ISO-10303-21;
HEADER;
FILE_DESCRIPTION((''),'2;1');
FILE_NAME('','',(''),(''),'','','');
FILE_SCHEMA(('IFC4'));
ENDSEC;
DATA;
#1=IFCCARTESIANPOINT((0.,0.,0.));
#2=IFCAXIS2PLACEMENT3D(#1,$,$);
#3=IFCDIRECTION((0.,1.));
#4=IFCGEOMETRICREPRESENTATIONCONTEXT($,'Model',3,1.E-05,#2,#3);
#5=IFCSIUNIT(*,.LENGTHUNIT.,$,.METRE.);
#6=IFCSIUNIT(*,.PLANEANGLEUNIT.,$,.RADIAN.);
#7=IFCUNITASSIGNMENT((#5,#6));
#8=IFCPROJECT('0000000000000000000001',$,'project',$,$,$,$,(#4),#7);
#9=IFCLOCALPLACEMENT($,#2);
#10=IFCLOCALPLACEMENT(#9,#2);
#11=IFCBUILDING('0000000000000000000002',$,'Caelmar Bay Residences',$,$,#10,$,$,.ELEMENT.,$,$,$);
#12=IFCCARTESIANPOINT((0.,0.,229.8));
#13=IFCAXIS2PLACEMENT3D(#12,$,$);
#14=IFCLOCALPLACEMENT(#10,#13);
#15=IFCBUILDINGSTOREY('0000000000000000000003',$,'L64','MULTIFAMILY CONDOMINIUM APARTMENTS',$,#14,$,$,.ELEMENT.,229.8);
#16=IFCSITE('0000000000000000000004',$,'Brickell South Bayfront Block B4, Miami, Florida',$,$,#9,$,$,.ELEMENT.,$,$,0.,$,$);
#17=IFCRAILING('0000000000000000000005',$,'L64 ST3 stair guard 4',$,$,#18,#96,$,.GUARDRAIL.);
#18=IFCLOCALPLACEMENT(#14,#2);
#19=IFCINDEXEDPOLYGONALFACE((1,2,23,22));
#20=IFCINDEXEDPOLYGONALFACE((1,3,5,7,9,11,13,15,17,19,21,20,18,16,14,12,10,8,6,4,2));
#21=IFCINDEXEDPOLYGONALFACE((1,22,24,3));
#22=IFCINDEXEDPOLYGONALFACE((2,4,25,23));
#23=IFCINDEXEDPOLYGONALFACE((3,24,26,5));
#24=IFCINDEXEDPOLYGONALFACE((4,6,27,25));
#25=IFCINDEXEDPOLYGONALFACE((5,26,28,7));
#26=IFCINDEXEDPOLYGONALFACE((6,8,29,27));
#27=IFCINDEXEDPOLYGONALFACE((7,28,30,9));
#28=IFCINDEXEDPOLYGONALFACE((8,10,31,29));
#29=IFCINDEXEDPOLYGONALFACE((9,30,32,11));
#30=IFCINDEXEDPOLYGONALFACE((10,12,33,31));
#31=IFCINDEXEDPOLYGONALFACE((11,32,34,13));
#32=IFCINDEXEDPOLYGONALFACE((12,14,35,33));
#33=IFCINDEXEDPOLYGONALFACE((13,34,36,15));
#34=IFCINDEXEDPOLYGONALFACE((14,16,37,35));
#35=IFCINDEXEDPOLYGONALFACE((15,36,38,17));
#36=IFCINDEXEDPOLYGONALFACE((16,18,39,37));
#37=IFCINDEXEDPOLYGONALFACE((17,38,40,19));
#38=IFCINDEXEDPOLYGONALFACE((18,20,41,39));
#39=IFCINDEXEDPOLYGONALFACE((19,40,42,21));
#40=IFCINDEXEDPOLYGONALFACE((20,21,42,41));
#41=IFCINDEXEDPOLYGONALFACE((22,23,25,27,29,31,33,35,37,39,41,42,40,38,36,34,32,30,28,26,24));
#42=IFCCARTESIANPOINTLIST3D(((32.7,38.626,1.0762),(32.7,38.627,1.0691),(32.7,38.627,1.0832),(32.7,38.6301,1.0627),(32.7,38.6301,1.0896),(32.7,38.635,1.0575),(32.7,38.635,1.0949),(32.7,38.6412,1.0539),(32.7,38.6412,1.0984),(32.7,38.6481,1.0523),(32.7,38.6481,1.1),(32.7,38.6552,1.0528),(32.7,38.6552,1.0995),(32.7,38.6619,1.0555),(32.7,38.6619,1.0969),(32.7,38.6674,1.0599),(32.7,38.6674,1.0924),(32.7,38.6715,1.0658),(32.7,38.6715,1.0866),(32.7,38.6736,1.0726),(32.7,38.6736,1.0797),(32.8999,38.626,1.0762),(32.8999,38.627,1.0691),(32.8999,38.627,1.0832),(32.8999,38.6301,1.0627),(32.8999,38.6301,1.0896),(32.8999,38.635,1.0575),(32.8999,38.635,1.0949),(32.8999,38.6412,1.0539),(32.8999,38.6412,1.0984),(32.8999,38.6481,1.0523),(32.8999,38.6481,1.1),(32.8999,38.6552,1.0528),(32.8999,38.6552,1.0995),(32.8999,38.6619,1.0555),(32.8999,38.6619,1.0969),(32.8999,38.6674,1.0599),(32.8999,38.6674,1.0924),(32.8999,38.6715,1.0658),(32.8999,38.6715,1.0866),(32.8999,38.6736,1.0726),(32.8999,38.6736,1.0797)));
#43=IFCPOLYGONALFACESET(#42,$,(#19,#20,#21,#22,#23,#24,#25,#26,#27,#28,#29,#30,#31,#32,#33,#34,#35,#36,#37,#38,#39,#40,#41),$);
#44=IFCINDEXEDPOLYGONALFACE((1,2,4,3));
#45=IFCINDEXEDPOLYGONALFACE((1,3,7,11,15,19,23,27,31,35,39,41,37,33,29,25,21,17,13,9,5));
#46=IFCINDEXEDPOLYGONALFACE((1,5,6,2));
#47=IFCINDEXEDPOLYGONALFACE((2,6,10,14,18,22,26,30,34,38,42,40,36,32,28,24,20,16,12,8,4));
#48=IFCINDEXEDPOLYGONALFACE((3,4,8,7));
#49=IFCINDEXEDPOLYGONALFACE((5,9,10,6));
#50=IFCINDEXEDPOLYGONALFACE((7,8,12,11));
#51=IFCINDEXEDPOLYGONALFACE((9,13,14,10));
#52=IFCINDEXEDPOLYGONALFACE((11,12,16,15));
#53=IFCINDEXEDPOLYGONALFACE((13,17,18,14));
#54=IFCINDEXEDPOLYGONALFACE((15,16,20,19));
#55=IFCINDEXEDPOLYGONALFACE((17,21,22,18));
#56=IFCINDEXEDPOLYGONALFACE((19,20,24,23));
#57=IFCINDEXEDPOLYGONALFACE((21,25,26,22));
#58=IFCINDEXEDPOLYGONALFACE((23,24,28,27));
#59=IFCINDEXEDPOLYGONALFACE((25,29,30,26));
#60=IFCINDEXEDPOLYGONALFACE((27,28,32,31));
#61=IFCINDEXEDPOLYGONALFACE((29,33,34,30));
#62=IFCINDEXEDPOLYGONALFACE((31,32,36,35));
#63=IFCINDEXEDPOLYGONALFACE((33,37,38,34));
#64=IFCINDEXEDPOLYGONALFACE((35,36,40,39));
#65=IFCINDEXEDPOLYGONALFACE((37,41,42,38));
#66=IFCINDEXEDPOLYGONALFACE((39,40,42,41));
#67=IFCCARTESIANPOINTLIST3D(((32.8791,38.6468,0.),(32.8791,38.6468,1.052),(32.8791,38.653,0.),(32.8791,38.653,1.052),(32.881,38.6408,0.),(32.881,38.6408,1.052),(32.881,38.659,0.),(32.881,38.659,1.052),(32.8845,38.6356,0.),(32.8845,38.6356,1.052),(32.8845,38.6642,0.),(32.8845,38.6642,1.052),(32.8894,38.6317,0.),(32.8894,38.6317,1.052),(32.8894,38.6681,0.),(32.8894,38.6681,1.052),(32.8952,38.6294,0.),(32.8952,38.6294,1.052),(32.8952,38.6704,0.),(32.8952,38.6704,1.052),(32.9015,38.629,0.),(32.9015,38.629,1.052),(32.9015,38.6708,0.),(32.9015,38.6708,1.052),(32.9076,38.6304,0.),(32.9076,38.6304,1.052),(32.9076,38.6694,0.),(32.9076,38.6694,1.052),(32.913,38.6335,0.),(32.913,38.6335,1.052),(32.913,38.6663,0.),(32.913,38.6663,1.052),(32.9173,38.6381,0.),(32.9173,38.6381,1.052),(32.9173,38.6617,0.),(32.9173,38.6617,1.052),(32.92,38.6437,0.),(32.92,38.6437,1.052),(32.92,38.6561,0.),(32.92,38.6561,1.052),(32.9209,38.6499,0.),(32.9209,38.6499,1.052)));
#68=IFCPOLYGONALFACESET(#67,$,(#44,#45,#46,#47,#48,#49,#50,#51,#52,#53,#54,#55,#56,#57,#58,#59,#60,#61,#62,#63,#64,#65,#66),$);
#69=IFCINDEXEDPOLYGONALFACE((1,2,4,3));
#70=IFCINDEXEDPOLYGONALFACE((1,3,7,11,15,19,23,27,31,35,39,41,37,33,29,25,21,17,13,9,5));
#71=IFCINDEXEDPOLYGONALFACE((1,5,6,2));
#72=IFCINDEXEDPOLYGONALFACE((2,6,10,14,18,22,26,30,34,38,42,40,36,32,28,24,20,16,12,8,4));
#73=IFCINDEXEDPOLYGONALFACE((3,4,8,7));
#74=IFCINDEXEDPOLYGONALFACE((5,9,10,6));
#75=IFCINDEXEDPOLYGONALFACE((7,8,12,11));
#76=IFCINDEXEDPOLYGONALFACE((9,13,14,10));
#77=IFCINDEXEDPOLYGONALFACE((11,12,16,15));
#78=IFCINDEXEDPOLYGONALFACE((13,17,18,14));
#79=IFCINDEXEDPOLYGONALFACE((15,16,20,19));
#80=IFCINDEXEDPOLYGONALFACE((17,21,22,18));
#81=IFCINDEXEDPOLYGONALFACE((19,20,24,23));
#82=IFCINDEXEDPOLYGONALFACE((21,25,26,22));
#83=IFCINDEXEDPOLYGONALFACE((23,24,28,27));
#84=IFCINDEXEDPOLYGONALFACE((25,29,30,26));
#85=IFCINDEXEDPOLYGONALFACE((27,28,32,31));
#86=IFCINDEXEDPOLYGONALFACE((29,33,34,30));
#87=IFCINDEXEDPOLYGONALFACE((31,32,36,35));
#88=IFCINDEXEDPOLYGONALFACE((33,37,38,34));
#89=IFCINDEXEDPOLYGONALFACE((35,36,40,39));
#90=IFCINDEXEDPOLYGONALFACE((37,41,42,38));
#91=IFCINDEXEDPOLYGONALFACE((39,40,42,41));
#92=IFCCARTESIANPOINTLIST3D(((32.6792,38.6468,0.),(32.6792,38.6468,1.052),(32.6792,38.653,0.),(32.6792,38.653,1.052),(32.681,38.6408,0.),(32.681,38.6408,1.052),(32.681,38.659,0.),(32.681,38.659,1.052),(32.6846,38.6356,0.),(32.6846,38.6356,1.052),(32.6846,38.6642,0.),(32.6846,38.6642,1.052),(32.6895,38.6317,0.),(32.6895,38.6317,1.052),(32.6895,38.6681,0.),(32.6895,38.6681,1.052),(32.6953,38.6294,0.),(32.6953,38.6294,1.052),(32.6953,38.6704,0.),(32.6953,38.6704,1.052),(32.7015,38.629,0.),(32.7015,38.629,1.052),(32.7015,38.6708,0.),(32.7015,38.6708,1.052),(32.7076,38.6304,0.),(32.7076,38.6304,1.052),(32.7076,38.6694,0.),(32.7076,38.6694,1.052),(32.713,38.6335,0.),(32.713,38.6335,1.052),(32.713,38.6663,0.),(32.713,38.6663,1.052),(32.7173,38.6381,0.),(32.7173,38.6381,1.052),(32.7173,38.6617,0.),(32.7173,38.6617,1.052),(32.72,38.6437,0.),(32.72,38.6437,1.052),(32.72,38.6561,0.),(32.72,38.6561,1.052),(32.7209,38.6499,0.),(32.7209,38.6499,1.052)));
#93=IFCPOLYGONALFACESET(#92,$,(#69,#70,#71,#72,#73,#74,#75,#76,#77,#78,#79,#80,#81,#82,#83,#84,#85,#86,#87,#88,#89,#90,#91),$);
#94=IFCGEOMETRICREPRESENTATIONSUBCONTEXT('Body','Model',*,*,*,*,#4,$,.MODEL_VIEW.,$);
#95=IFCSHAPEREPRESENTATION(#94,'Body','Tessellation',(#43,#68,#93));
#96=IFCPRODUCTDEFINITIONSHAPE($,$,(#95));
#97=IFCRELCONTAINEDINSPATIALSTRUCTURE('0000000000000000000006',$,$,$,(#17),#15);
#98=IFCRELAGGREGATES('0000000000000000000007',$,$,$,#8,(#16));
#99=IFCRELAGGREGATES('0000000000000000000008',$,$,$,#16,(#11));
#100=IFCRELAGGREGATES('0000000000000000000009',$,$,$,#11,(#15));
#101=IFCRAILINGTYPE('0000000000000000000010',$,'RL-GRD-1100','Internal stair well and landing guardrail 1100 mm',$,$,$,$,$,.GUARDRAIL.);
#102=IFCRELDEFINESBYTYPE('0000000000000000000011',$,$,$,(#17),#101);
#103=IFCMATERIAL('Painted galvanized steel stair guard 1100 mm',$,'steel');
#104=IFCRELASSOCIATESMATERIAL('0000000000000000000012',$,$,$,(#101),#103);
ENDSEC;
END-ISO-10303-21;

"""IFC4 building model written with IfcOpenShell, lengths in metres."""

from ifc_helpers import new_model, si_unit, direction, frame, origin, origin_2d, place, context, subcontext, project, spatial, circle, extrude, material, type_object, element, save


model = new_model("IFC4")

# Units and contexts
model_context = context("Model", 3, precision=1e-05, world=origin(), true_north=direction((0.0, 1.0)))
body_context = subcontext(model_context, "Body", "Model", "MODEL_VIEW")
ifc_project = project(units=[si_unit("LENGTHUNIT", "METRE"), si_unit("PLANEANGLEUNIT", "RADIAN")], contexts=[model_context])

# Site, building, storey
site_placement = place(None, origin())
site = spatial("IfcSite", under=ifc_project, at=site_placement, Name="Brickell South Bayfront Block B4, Miami, Florida", CompositionType="ELEMENT", RefElevation=0.0)
building_placement = place(site_placement, origin())
building = spatial("IfcBuilding", under=site, at=building_placement, Name="Caelmar Bay Residences", CompositionType="ELEMENT")
storey_placement = place(building_placement, frame((0.0, 0.0, 229.8)))
storey = spatial("IfcBuildingStorey", under=building, at=storey_placement, Name="L64", Description="MULTIFAMILY CONDOMINIUM APARTMENTS", CompositionType="ELEMENT", Elevation=229.8)

# Railing
ifc_material_1 = material(Name="Painted galvanized steel stair guard 1100 mm", Category="steel")
railing_type_1 = type_object("IfcRailingType", Name="RL-GRD-1100", Description="Internal stair well and landing guardrail 1100 mm", PredefinedType="GUARDRAIL", material=ifc_material_1)
railing_1_placement = place(storey_placement, frame((32.8999, 38.6499, 0.0)))
element("IfcRailing", 1, at=railing_1_placement, inside=storey, type_object=railing_type_1, Name="L64 ST3 stair guard 4", PredefinedType="GUARDRAIL", context=body_context, shape_type="SweptSolid", body=[
    extrude(circle(Radius=0.0239, at=origin_2d()), frame((0.0, 0.0, 1.0762), z_axis=(-1.0, 0.0, 0.0), x_axis=(0.0, -1.0, 0.0)), (0.0, 0.0, 1.0), 0.2),
    extrude(circle(Radius=0.021, at=origin_2d()), origin(), (0.0, 0.0, 1.0), 1.052),
    extrude(circle(Radius=0.021, at=origin_2d()), frame((-0.2, 0.0, 0.0)), (0.0, 0.0, 1.0), 1.052),
])

save(model, "model.ifc")
